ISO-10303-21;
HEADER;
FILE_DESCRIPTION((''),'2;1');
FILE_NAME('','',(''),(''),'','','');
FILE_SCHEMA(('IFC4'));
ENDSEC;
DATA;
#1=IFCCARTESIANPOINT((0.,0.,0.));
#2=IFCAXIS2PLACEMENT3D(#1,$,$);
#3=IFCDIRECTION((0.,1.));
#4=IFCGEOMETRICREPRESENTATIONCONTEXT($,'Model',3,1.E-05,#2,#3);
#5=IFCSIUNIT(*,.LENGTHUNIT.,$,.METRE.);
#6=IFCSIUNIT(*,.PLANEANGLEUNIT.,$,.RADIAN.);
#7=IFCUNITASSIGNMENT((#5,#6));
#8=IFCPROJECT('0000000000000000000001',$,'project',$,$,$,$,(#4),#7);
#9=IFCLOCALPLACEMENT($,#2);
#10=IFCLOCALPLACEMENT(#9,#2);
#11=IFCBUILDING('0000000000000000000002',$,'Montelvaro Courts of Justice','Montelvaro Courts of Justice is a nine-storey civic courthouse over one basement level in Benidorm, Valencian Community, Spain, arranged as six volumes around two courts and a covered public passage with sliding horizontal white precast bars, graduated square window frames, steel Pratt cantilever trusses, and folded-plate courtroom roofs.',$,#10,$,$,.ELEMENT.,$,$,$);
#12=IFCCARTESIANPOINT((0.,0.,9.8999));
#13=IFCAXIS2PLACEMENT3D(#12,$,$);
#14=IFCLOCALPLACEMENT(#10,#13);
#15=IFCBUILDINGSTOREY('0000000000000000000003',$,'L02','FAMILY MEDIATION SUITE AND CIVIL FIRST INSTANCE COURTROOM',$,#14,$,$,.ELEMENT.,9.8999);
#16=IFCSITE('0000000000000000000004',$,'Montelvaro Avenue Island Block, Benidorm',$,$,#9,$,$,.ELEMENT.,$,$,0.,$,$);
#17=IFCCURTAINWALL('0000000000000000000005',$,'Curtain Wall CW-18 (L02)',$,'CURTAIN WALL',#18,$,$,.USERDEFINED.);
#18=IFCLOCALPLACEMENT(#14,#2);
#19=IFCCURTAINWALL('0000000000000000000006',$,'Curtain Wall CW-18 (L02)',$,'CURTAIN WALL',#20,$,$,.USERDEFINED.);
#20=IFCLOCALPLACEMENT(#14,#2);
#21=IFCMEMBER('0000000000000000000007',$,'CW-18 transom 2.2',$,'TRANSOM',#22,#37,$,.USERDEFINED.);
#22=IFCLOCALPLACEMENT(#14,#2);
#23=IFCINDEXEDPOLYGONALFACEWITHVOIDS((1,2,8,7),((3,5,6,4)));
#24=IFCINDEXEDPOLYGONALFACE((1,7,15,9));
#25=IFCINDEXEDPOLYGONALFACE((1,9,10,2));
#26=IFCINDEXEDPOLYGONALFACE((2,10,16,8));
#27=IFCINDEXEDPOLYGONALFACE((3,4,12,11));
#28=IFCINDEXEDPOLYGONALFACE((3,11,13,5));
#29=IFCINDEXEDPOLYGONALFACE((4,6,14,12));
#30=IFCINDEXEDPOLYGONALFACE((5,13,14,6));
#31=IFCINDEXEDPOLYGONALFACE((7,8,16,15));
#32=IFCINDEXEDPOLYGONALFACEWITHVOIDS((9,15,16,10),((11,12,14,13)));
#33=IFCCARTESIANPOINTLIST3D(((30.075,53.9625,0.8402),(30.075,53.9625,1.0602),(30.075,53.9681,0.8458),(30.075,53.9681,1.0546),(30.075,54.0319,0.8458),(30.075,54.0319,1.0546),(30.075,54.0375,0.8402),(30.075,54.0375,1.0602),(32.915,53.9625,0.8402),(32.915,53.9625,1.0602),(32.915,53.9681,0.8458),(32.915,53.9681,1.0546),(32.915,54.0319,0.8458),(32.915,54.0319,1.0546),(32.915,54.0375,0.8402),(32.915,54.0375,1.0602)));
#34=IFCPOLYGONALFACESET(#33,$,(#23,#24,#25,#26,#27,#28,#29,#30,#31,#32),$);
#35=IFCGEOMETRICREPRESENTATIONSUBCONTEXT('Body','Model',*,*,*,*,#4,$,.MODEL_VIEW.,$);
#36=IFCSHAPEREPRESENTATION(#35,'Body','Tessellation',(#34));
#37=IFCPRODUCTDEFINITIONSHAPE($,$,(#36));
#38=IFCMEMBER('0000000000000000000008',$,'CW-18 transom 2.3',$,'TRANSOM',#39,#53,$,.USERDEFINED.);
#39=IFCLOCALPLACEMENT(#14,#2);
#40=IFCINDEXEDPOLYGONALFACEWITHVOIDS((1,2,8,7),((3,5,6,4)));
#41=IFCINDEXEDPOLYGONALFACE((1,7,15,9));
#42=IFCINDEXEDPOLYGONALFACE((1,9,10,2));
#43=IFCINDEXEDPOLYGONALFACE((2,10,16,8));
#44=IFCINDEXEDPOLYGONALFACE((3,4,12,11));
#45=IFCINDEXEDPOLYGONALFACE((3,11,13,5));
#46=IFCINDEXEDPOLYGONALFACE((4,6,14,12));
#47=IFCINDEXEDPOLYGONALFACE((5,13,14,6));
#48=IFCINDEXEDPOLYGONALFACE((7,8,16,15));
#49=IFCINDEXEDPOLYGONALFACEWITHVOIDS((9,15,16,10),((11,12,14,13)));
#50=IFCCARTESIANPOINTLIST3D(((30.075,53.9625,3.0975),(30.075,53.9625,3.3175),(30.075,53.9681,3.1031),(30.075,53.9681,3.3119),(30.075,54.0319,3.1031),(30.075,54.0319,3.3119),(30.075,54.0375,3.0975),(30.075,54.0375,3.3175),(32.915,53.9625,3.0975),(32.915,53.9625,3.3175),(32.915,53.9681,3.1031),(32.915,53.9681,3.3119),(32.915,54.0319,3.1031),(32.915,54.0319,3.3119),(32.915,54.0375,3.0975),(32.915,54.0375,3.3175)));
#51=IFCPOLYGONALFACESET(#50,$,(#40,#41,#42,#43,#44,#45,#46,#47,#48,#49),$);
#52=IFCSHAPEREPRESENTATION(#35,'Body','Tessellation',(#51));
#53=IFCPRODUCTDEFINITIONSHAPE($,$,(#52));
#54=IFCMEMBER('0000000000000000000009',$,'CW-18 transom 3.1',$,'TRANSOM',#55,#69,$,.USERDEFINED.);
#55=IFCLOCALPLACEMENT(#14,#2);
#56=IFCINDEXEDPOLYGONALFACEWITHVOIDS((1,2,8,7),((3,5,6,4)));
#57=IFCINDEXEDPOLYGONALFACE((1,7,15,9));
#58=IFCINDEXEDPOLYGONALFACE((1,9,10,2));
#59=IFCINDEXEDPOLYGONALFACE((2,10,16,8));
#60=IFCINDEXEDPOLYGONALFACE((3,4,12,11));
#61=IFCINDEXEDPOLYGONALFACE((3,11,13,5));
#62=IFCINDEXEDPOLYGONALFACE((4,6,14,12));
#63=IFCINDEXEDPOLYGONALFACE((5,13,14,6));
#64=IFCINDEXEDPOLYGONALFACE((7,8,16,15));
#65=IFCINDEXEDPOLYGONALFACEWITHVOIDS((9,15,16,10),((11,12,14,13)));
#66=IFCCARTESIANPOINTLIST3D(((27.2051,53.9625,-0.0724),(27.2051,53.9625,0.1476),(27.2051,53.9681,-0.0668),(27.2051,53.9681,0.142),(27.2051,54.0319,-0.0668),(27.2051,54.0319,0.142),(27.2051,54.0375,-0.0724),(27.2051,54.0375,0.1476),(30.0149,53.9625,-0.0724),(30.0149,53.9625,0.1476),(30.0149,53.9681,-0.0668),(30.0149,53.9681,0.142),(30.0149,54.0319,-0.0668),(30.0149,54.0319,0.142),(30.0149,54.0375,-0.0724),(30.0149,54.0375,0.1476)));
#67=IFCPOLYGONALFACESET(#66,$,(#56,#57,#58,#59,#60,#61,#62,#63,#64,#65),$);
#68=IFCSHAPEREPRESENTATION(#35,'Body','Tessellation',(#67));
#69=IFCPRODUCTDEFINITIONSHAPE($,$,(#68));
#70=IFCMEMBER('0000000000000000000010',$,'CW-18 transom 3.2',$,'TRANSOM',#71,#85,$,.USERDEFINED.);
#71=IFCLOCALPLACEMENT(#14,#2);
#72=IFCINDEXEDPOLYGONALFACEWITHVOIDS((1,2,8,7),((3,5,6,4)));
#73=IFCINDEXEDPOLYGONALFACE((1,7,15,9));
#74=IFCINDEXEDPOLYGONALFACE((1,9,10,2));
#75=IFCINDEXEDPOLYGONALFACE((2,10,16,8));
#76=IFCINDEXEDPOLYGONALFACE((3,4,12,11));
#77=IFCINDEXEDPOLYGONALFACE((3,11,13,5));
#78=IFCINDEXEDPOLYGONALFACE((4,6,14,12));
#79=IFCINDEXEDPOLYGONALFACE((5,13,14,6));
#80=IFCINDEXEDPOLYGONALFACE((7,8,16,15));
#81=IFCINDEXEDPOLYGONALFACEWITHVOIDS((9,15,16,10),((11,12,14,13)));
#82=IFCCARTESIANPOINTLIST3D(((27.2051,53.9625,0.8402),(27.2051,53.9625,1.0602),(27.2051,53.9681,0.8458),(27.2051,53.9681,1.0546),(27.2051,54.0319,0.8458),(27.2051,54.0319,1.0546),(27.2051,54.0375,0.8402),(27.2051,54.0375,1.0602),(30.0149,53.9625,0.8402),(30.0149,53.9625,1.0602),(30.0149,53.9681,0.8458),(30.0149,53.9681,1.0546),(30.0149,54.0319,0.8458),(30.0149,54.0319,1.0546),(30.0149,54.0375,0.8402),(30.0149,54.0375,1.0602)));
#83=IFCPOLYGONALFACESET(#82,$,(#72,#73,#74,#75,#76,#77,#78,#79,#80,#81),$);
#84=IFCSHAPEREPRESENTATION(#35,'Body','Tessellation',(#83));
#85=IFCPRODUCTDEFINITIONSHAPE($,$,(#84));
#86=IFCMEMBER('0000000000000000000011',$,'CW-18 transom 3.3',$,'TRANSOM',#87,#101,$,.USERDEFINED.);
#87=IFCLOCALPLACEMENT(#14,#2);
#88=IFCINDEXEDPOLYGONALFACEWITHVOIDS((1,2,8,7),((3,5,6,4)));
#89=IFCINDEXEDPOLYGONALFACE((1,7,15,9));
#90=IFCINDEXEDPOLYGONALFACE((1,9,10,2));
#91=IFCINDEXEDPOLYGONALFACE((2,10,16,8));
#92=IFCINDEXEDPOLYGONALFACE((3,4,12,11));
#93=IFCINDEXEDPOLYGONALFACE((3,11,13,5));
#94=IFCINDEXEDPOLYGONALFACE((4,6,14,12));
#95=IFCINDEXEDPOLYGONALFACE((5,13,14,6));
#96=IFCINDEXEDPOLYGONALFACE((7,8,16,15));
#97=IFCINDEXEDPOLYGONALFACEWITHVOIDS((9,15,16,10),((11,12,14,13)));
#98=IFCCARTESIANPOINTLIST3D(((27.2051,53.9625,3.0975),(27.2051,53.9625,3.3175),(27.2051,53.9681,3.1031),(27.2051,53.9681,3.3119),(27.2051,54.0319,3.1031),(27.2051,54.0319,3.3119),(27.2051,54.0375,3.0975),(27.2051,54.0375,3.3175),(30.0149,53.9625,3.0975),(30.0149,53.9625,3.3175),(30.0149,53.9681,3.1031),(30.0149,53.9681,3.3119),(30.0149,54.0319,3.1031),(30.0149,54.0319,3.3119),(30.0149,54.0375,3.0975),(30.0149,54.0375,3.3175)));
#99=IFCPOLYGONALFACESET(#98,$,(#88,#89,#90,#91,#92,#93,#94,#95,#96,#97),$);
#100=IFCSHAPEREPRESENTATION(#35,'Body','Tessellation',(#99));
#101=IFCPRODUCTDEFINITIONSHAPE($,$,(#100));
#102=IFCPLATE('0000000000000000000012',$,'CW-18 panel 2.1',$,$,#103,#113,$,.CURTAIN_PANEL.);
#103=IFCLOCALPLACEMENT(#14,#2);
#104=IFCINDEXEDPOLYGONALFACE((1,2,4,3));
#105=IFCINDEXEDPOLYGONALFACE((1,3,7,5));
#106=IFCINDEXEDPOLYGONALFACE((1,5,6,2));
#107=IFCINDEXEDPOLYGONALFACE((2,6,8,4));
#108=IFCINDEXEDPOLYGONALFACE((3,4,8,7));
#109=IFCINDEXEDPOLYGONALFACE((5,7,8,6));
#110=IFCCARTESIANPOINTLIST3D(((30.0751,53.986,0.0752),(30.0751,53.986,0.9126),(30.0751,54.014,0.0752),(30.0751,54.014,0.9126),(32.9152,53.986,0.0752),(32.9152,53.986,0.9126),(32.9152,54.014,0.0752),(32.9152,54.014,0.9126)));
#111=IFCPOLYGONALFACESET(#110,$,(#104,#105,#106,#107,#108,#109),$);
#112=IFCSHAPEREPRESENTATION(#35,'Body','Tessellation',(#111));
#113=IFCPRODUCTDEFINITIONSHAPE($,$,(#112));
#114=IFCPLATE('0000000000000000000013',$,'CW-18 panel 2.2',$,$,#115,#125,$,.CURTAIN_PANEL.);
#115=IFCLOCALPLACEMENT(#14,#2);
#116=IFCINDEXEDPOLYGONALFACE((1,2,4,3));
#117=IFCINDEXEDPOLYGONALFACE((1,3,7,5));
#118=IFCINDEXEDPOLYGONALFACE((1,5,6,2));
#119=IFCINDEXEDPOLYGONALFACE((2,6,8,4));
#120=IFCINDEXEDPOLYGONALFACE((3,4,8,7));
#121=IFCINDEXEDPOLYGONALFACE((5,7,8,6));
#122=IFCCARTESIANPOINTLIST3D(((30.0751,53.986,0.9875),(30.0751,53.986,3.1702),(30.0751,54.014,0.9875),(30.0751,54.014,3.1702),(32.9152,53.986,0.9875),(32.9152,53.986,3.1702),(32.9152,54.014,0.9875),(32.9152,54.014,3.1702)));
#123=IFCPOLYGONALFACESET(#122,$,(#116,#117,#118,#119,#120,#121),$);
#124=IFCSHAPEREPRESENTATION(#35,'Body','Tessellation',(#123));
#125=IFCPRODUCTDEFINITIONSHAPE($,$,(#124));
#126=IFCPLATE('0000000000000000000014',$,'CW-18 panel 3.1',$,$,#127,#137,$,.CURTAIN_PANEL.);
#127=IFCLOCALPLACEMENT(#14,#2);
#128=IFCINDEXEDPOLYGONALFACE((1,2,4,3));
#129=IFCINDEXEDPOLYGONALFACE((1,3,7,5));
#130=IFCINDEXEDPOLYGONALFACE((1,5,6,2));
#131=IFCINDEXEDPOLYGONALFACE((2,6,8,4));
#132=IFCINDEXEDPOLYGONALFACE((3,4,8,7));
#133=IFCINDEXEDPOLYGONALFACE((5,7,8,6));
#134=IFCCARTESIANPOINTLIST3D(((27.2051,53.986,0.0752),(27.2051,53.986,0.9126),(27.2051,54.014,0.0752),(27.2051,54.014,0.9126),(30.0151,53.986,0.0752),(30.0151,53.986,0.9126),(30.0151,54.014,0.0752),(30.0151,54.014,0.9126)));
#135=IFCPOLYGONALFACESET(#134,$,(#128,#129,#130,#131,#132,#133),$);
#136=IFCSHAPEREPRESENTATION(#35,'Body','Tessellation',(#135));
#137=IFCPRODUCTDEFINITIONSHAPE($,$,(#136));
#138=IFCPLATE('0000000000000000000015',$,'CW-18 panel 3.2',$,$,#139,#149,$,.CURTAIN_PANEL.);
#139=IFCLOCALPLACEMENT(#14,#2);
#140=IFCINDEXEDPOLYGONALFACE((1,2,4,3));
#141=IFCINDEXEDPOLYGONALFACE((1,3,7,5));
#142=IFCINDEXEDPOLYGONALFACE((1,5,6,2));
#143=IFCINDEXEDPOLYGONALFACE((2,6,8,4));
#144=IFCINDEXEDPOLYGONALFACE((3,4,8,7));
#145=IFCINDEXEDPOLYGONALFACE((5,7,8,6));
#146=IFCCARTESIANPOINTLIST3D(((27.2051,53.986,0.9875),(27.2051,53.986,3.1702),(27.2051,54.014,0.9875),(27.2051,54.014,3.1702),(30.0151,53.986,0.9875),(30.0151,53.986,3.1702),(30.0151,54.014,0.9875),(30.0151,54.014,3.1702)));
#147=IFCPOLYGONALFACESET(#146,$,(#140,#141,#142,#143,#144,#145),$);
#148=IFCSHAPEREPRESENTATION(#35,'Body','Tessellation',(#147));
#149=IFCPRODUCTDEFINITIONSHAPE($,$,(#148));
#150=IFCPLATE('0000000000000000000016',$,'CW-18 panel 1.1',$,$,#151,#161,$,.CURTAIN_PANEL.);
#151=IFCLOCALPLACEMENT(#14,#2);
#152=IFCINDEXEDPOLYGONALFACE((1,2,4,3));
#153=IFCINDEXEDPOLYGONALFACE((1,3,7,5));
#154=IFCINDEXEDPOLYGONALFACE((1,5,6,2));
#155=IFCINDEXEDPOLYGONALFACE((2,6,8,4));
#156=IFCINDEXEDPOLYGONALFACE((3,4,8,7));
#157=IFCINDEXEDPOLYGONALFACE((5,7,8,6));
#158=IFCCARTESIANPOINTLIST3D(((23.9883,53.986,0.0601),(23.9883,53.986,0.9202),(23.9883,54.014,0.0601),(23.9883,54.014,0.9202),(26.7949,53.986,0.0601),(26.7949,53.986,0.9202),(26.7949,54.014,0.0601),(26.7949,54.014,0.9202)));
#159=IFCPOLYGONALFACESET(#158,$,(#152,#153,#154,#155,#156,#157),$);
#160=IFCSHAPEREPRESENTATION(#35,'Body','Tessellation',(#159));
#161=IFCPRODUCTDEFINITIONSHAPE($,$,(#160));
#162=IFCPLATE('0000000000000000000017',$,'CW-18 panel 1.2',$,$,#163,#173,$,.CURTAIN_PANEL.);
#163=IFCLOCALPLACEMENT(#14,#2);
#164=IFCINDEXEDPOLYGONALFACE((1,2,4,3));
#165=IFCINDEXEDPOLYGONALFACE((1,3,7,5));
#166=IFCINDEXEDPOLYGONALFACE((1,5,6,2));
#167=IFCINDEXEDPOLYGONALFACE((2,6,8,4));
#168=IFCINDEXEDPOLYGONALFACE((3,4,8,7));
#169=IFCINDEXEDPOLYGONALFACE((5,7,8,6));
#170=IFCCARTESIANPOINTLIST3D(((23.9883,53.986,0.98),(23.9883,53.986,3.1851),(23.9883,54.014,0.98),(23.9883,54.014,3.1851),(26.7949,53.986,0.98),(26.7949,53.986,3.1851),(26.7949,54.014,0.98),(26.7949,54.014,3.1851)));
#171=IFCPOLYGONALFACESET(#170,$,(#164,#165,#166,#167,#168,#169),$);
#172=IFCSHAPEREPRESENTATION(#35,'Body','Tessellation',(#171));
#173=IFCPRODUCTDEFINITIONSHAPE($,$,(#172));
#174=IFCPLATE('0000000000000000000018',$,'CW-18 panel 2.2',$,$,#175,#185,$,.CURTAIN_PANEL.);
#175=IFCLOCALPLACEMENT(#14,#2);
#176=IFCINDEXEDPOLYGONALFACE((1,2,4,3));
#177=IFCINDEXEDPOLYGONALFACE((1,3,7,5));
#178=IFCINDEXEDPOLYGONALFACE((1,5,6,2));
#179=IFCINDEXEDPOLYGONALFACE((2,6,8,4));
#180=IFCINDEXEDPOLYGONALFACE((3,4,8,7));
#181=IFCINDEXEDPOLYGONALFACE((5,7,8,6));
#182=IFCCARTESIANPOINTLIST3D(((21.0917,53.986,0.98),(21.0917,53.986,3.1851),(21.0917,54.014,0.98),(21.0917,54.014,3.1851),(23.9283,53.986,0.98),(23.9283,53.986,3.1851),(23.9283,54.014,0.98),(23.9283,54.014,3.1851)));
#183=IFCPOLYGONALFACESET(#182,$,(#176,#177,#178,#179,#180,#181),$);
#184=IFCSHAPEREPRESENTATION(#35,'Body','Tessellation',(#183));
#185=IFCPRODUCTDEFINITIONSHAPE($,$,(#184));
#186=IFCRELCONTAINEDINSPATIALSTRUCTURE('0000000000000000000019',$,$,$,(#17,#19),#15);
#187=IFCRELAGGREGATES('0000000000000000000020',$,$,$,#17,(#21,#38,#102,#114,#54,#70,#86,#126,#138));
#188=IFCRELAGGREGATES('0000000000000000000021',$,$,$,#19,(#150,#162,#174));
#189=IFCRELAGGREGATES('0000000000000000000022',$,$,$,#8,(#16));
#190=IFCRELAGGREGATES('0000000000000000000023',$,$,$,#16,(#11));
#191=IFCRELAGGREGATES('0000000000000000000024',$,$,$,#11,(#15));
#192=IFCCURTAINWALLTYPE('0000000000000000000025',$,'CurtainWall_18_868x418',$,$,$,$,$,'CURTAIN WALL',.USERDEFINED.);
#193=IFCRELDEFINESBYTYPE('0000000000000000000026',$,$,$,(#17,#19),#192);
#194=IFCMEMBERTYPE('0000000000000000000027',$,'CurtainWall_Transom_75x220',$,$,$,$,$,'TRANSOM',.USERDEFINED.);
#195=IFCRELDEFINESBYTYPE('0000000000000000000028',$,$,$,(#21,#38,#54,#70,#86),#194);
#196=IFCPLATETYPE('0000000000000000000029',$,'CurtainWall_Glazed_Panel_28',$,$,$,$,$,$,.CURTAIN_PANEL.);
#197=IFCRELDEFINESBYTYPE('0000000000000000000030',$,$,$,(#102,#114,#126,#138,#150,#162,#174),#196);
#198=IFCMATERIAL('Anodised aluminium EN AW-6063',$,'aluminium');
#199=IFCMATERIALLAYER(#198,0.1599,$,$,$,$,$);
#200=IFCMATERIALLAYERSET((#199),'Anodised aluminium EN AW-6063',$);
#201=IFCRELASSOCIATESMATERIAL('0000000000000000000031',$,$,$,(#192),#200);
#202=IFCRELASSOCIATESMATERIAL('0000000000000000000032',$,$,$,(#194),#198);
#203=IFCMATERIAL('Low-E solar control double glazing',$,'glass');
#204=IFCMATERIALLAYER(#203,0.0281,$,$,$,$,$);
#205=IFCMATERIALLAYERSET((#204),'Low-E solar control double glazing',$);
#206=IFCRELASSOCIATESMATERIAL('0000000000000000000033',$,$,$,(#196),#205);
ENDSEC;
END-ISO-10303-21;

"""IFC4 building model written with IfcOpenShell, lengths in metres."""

from ifc_helpers import new_model, si_unit, direction, frame, origin, origin_2d, place, context, subcontext, project, spatial, rectangle, hollow_rectangle, extrude, material, layer, layer_set, material_profile, profile_set, type_object, element, aggregate, save


model = new_model("IFC4")

# Units and contexts
model_context = context("Model", 3, precision=1e-05, world=origin(), true_north=direction((0.0, 1.0)))
body_context = subcontext(model_context, "Body", "Model", "MODEL_VIEW")
ifc_project = project(units=[si_unit("LENGTHUNIT", "METRE"), si_unit("PLANEANGLEUNIT", "RADIAN")], contexts=[model_context])

# Site, building, storey
site_placement = place(None, origin())
site = spatial("IfcSite", under=ifc_project, at=site_placement, Name="Montelvaro Avenue Island Block, Benidorm", CompositionType="ELEMENT", RefElevation=0.0)
building_placement = place(site_placement, origin())
building = spatial("IfcBuilding", under=site, at=building_placement, Name="Montelvaro Courts of Justice", Description="Montelvaro Courts of Justice is a nine-storey civic courthouse over one basement level in Benidorm, Valencian Community, Spain, arranged as six volumes around two courts and a covered public passage with sliding horizontal white precast bars, graduated square window frames, steel Pratt cantilever trusses, and folded-plate courtroom roofs.", CompositionType="ELEMENT")
storey_placement = place(building_placement, frame((0.0, 0.0, 9.8999)))
storey = spatial("IfcBuildingStorey", under=building, at=storey_placement, Name="L02", Description="FAMILY MEDIATION SUITE AND CIVIL FIRST INSTANCE COURTROOM", CompositionType="ELEMENT", Elevation=9.8999)

# Curtain walls
ifc_material_1 = material(Name="Anodised aluminium EN AW-6063", Category="aluminium")
ifc_layer_1 = layer(ifc_material_1, 0.1599)
ifc_layer_set_1 = layer_set([ifc_layer_1], Name="Anodised aluminium EN AW-6063")
curtain_wall_type = type_object("IfcCurtainWallType", Name="CurtainWall_18_868x418", ElementType="CURTAIN WALL", PredefinedType="USERDEFINED", material=ifc_layer_set_1)
curtain_wall_1_placement = place(storey_placement, origin())
curtain_wall_1 = element("IfcCurtainWall", 1, at=curtain_wall_1_placement, inside=storey, type_object=curtain_wall_type, Name="Curtain Wall CW-18 (L02)", ObjectType="CURTAIN WALL", PredefinedType="USERDEFINED")
curtain_wall_2_placement = place(storey_placement, origin())
curtain_wall_2 = element("IfcCurtainWall", 2, at=curtain_wall_2_placement, inside=storey, type_object=curtain_wall_type, Name="Curtain Wall CW-18 (L02)", ObjectType="CURTAIN WALL", PredefinedType="USERDEFINED")

# Members
ifc_material_profile_1 = material_profile(ifc_material_1, hollow_rectangle(XDim=0.075, YDim=0.22, WallThickness=0.0056, at=origin_2d()), Name="ALU-T 75x220")
ifc_profile_set_1 = profile_set([ifc_material_profile_1], Name="Anodised aluminium EN AW-6063")
member_type_1 = type_object("IfcMemberType", Name="CurtainWall_Transom_75x220", ElementType="TRANSOM", PredefinedType="USERDEFINED", material=ifc_profile_set_1)
member_1_placement = place(storey_placement, frame((32.915, 54.0, 0.9502), z_axis=(-1.0, 0.0, 0.0), x_axis=(0.0, -1.0, 0.0)))
member_1 = element("IfcMember", 3, at=member_1_placement, type_object=member_type_1, Name="CW-18 transom 2.2", ObjectType="TRANSOM", PredefinedType="USERDEFINED", context=body_context, shape_type="SweptSolid", body=[
    extrude(hollow_rectangle(XDim=0.075, YDim=0.22, WallThickness=0.0056, at=origin_2d()), origin(), (0.0, 0.0, 1.0), 2.8401),
])
member_2_placement = place(storey_placement, frame((32.915, 54.0, 3.2075), z_axis=(-1.0, 0.0, 0.0), x_axis=(0.0, -1.0, 0.0)))
member_2 = element("IfcMember", 4, at=member_2_placement, type_object=member_type_1, Name="CW-18 transom 2.3", ObjectType="TRANSOM", PredefinedType="USERDEFINED", context=body_context, shape_type="SweptSolid", body=[
    extrude(hollow_rectangle(XDim=0.075, YDim=0.22, WallThickness=0.0056, at=origin_2d()), origin(), (0.0, 0.0, 1.0), 2.8401),
])
member_3_placement = place(storey_placement, frame((30.0149, 54.0, 0.0376), z_axis=(-1.0, 0.0, 0.0), x_axis=(0.0, -1.0, 0.0)))
member_3 = element("IfcMember", 5, at=member_3_placement, type_object=member_type_1, Name="CW-18 transom 3.1", ObjectType="TRANSOM", PredefinedType="USERDEFINED", context=body_context, shape_type="SweptSolid", body=[
    extrude(hollow_rectangle(XDim=0.075, YDim=0.22, WallThickness=0.0056, at=origin_2d()), origin(), (0.0, 0.0, 1.0), 2.8098),
])
member_4_placement = place(storey_placement, frame((30.0149, 54.0, 0.9502), z_axis=(-1.0, 0.0, 0.0), x_axis=(0.0, -1.0, 0.0)))
member_4 = element("IfcMember", 6, at=member_4_placement, type_object=member_type_1, Name="CW-18 transom 3.2", ObjectType="TRANSOM", PredefinedType="USERDEFINED", context=body_context, shape_type="SweptSolid", body=[
    extrude(hollow_rectangle(XDim=0.075, YDim=0.22, WallThickness=0.0056, at=origin_2d()), origin(), (0.0, 0.0, 1.0), 2.8098),
])
member_5_placement = place(storey_placement, frame((30.0149, 54.0, 3.2075), z_axis=(-1.0, 0.0, 0.0), x_axis=(0.0, -1.0, 0.0)))
member_5 = element("IfcMember", 7, at=member_5_placement, type_object=member_type_1, Name="CW-18 transom 3.3", ObjectType="TRANSOM", PredefinedType="USERDEFINED", context=body_context, shape_type="SweptSolid", body=[
    extrude(hollow_rectangle(XDim=0.075, YDim=0.22, WallThickness=0.0056, at=origin_2d()), origin(), (0.0, 0.0, 1.0), 2.8098),
])

# Plates
ifc_material_2 = material(Name="Low-E solar control double glazing", Category="glass")
ifc_layer_2 = layer(ifc_material_2, 0.0281)
ifc_layer_set_2 = layer_set([ifc_layer_2], Name="Low-E solar control double glazing")
plate_type = type_object("IfcPlateType", Name="CurtainWall_Glazed_Panel_28", PredefinedType="CURTAIN_PANEL", material=ifc_layer_set_2)
plate_1_placement = place(storey_placement, frame((31.4951, 54.0, 0.0752), z_axis=(0.0, 0.0, 1.0), x_axis=(-1.0, 0.0, 0.0)))
plate_1 = element("IfcPlate", 8, at=plate_1_placement, type_object=plate_type, Name="CW-18 panel 2.1", PredefinedType="CURTAIN_PANEL", context=body_context, shape_type="SweptSolid", body=[
    extrude(rectangle(XDim=2.8401, YDim=0.0281, at=origin_2d()), origin(), (0.0, 0.0, 1.0), 0.8374),
])
plate_2_placement = place(storey_placement, frame((31.4951, 54.0, 0.9875), z_axis=(0.0, 0.0, 1.0), x_axis=(-1.0, 0.0, 0.0)))
plate_2 = element("IfcPlate", 9, at=plate_2_placement, type_object=plate_type, Name="CW-18 panel 2.2", PredefinedType="CURTAIN_PANEL", context=body_context, shape_type="SweptSolid", body=[
    extrude(rectangle(XDim=2.8401, YDim=0.0281, at=origin_2d()), origin(), (0.0, 0.0, 1.0), 2.1826),
])
plate_3_placement = place(storey_placement, frame((28.6101, 54.0, 0.0752), z_axis=(0.0, 0.0, 1.0), x_axis=(-1.0, 0.0, 0.0)))
plate_3 = element("IfcPlate", 10, at=plate_3_placement, type_object=plate_type, Name="CW-18 panel 3.1", PredefinedType="CURTAIN_PANEL", context=body_context, shape_type="SweptSolid", body=[
    extrude(rectangle(XDim=2.8101, YDim=0.0281, at=origin_2d()), origin(), (0.0, 0.0, 1.0), 0.8374),
])
plate_4_placement = place(storey_placement, frame((28.6101, 54.0, 0.9875), z_axis=(0.0, 0.0, 1.0), x_axis=(-1.0, 0.0, 0.0)))
plate_4 = element("IfcPlate", 11, at=plate_4_placement, type_object=plate_type, Name="CW-18 panel 3.2", PredefinedType="CURTAIN_PANEL", context=body_context, shape_type="SweptSolid", body=[
    extrude(rectangle(XDim=2.8101, YDim=0.0281, at=origin_2d()), origin(), (0.0, 0.0, 1.0), 2.1826),
])
aggregate(curtain_wall_1, [member_1, member_2, plate_1, plate_2, member_3, member_4, member_5, plate_3, plate_4])
plate_5_placement = place(storey_placement, frame((25.3916, 54.0, 0.0601), z_axis=(0.0, 0.0, 1.0), x_axis=(-1.0, 0.0, 0.0)))
plate_5 = element("IfcPlate", 12, at=plate_5_placement, type_object=plate_type, Name="CW-18 panel 1.1", PredefinedType="CURTAIN_PANEL", context=body_context, shape_type="SweptSolid", body=[
    extrude(rectangle(XDim=2.8066, YDim=0.0281, at=origin_2d()), origin(), (0.0, 0.0, 1.0), 0.8601),
])
plate_6_placement = place(storey_placement, frame((25.3916, 54.0, 0.98), z_axis=(0.0, 0.0, 1.0), x_axis=(-1.0, 0.0, 0.0)))
plate_6 = element("IfcPlate", 13, at=plate_6_placement, type_object=plate_type, Name="CW-18 panel 1.2", PredefinedType="CURTAIN_PANEL", context=body_context, shape_type="SweptSolid", body=[
    extrude(rectangle(XDim=2.8066, YDim=0.0281, at=origin_2d()), origin(), (0.0, 0.0, 1.0), 2.2051),
])
plate_7_placement = place(storey_placement, frame((22.51, 54.0, 0.98), z_axis=(0.0, 0.0, 1.0), x_axis=(-1.0, 0.0, 0.0)))
plate_7 = element("IfcPlate", 14, at=plate_7_placement, type_object=plate_type, Name="CW-18 panel 2.2", PredefinedType="CURTAIN_PANEL", context=body_context, shape_type="SweptSolid", body=[
    extrude(rectangle(XDim=2.8367, YDim=0.0281, at=origin_2d()), origin(), (0.0, 0.0, 1.0), 2.2051),
])
aggregate(curtain_wall_2, [plate_5, plate_6, plate_7])

save(model, "model.ifc")
